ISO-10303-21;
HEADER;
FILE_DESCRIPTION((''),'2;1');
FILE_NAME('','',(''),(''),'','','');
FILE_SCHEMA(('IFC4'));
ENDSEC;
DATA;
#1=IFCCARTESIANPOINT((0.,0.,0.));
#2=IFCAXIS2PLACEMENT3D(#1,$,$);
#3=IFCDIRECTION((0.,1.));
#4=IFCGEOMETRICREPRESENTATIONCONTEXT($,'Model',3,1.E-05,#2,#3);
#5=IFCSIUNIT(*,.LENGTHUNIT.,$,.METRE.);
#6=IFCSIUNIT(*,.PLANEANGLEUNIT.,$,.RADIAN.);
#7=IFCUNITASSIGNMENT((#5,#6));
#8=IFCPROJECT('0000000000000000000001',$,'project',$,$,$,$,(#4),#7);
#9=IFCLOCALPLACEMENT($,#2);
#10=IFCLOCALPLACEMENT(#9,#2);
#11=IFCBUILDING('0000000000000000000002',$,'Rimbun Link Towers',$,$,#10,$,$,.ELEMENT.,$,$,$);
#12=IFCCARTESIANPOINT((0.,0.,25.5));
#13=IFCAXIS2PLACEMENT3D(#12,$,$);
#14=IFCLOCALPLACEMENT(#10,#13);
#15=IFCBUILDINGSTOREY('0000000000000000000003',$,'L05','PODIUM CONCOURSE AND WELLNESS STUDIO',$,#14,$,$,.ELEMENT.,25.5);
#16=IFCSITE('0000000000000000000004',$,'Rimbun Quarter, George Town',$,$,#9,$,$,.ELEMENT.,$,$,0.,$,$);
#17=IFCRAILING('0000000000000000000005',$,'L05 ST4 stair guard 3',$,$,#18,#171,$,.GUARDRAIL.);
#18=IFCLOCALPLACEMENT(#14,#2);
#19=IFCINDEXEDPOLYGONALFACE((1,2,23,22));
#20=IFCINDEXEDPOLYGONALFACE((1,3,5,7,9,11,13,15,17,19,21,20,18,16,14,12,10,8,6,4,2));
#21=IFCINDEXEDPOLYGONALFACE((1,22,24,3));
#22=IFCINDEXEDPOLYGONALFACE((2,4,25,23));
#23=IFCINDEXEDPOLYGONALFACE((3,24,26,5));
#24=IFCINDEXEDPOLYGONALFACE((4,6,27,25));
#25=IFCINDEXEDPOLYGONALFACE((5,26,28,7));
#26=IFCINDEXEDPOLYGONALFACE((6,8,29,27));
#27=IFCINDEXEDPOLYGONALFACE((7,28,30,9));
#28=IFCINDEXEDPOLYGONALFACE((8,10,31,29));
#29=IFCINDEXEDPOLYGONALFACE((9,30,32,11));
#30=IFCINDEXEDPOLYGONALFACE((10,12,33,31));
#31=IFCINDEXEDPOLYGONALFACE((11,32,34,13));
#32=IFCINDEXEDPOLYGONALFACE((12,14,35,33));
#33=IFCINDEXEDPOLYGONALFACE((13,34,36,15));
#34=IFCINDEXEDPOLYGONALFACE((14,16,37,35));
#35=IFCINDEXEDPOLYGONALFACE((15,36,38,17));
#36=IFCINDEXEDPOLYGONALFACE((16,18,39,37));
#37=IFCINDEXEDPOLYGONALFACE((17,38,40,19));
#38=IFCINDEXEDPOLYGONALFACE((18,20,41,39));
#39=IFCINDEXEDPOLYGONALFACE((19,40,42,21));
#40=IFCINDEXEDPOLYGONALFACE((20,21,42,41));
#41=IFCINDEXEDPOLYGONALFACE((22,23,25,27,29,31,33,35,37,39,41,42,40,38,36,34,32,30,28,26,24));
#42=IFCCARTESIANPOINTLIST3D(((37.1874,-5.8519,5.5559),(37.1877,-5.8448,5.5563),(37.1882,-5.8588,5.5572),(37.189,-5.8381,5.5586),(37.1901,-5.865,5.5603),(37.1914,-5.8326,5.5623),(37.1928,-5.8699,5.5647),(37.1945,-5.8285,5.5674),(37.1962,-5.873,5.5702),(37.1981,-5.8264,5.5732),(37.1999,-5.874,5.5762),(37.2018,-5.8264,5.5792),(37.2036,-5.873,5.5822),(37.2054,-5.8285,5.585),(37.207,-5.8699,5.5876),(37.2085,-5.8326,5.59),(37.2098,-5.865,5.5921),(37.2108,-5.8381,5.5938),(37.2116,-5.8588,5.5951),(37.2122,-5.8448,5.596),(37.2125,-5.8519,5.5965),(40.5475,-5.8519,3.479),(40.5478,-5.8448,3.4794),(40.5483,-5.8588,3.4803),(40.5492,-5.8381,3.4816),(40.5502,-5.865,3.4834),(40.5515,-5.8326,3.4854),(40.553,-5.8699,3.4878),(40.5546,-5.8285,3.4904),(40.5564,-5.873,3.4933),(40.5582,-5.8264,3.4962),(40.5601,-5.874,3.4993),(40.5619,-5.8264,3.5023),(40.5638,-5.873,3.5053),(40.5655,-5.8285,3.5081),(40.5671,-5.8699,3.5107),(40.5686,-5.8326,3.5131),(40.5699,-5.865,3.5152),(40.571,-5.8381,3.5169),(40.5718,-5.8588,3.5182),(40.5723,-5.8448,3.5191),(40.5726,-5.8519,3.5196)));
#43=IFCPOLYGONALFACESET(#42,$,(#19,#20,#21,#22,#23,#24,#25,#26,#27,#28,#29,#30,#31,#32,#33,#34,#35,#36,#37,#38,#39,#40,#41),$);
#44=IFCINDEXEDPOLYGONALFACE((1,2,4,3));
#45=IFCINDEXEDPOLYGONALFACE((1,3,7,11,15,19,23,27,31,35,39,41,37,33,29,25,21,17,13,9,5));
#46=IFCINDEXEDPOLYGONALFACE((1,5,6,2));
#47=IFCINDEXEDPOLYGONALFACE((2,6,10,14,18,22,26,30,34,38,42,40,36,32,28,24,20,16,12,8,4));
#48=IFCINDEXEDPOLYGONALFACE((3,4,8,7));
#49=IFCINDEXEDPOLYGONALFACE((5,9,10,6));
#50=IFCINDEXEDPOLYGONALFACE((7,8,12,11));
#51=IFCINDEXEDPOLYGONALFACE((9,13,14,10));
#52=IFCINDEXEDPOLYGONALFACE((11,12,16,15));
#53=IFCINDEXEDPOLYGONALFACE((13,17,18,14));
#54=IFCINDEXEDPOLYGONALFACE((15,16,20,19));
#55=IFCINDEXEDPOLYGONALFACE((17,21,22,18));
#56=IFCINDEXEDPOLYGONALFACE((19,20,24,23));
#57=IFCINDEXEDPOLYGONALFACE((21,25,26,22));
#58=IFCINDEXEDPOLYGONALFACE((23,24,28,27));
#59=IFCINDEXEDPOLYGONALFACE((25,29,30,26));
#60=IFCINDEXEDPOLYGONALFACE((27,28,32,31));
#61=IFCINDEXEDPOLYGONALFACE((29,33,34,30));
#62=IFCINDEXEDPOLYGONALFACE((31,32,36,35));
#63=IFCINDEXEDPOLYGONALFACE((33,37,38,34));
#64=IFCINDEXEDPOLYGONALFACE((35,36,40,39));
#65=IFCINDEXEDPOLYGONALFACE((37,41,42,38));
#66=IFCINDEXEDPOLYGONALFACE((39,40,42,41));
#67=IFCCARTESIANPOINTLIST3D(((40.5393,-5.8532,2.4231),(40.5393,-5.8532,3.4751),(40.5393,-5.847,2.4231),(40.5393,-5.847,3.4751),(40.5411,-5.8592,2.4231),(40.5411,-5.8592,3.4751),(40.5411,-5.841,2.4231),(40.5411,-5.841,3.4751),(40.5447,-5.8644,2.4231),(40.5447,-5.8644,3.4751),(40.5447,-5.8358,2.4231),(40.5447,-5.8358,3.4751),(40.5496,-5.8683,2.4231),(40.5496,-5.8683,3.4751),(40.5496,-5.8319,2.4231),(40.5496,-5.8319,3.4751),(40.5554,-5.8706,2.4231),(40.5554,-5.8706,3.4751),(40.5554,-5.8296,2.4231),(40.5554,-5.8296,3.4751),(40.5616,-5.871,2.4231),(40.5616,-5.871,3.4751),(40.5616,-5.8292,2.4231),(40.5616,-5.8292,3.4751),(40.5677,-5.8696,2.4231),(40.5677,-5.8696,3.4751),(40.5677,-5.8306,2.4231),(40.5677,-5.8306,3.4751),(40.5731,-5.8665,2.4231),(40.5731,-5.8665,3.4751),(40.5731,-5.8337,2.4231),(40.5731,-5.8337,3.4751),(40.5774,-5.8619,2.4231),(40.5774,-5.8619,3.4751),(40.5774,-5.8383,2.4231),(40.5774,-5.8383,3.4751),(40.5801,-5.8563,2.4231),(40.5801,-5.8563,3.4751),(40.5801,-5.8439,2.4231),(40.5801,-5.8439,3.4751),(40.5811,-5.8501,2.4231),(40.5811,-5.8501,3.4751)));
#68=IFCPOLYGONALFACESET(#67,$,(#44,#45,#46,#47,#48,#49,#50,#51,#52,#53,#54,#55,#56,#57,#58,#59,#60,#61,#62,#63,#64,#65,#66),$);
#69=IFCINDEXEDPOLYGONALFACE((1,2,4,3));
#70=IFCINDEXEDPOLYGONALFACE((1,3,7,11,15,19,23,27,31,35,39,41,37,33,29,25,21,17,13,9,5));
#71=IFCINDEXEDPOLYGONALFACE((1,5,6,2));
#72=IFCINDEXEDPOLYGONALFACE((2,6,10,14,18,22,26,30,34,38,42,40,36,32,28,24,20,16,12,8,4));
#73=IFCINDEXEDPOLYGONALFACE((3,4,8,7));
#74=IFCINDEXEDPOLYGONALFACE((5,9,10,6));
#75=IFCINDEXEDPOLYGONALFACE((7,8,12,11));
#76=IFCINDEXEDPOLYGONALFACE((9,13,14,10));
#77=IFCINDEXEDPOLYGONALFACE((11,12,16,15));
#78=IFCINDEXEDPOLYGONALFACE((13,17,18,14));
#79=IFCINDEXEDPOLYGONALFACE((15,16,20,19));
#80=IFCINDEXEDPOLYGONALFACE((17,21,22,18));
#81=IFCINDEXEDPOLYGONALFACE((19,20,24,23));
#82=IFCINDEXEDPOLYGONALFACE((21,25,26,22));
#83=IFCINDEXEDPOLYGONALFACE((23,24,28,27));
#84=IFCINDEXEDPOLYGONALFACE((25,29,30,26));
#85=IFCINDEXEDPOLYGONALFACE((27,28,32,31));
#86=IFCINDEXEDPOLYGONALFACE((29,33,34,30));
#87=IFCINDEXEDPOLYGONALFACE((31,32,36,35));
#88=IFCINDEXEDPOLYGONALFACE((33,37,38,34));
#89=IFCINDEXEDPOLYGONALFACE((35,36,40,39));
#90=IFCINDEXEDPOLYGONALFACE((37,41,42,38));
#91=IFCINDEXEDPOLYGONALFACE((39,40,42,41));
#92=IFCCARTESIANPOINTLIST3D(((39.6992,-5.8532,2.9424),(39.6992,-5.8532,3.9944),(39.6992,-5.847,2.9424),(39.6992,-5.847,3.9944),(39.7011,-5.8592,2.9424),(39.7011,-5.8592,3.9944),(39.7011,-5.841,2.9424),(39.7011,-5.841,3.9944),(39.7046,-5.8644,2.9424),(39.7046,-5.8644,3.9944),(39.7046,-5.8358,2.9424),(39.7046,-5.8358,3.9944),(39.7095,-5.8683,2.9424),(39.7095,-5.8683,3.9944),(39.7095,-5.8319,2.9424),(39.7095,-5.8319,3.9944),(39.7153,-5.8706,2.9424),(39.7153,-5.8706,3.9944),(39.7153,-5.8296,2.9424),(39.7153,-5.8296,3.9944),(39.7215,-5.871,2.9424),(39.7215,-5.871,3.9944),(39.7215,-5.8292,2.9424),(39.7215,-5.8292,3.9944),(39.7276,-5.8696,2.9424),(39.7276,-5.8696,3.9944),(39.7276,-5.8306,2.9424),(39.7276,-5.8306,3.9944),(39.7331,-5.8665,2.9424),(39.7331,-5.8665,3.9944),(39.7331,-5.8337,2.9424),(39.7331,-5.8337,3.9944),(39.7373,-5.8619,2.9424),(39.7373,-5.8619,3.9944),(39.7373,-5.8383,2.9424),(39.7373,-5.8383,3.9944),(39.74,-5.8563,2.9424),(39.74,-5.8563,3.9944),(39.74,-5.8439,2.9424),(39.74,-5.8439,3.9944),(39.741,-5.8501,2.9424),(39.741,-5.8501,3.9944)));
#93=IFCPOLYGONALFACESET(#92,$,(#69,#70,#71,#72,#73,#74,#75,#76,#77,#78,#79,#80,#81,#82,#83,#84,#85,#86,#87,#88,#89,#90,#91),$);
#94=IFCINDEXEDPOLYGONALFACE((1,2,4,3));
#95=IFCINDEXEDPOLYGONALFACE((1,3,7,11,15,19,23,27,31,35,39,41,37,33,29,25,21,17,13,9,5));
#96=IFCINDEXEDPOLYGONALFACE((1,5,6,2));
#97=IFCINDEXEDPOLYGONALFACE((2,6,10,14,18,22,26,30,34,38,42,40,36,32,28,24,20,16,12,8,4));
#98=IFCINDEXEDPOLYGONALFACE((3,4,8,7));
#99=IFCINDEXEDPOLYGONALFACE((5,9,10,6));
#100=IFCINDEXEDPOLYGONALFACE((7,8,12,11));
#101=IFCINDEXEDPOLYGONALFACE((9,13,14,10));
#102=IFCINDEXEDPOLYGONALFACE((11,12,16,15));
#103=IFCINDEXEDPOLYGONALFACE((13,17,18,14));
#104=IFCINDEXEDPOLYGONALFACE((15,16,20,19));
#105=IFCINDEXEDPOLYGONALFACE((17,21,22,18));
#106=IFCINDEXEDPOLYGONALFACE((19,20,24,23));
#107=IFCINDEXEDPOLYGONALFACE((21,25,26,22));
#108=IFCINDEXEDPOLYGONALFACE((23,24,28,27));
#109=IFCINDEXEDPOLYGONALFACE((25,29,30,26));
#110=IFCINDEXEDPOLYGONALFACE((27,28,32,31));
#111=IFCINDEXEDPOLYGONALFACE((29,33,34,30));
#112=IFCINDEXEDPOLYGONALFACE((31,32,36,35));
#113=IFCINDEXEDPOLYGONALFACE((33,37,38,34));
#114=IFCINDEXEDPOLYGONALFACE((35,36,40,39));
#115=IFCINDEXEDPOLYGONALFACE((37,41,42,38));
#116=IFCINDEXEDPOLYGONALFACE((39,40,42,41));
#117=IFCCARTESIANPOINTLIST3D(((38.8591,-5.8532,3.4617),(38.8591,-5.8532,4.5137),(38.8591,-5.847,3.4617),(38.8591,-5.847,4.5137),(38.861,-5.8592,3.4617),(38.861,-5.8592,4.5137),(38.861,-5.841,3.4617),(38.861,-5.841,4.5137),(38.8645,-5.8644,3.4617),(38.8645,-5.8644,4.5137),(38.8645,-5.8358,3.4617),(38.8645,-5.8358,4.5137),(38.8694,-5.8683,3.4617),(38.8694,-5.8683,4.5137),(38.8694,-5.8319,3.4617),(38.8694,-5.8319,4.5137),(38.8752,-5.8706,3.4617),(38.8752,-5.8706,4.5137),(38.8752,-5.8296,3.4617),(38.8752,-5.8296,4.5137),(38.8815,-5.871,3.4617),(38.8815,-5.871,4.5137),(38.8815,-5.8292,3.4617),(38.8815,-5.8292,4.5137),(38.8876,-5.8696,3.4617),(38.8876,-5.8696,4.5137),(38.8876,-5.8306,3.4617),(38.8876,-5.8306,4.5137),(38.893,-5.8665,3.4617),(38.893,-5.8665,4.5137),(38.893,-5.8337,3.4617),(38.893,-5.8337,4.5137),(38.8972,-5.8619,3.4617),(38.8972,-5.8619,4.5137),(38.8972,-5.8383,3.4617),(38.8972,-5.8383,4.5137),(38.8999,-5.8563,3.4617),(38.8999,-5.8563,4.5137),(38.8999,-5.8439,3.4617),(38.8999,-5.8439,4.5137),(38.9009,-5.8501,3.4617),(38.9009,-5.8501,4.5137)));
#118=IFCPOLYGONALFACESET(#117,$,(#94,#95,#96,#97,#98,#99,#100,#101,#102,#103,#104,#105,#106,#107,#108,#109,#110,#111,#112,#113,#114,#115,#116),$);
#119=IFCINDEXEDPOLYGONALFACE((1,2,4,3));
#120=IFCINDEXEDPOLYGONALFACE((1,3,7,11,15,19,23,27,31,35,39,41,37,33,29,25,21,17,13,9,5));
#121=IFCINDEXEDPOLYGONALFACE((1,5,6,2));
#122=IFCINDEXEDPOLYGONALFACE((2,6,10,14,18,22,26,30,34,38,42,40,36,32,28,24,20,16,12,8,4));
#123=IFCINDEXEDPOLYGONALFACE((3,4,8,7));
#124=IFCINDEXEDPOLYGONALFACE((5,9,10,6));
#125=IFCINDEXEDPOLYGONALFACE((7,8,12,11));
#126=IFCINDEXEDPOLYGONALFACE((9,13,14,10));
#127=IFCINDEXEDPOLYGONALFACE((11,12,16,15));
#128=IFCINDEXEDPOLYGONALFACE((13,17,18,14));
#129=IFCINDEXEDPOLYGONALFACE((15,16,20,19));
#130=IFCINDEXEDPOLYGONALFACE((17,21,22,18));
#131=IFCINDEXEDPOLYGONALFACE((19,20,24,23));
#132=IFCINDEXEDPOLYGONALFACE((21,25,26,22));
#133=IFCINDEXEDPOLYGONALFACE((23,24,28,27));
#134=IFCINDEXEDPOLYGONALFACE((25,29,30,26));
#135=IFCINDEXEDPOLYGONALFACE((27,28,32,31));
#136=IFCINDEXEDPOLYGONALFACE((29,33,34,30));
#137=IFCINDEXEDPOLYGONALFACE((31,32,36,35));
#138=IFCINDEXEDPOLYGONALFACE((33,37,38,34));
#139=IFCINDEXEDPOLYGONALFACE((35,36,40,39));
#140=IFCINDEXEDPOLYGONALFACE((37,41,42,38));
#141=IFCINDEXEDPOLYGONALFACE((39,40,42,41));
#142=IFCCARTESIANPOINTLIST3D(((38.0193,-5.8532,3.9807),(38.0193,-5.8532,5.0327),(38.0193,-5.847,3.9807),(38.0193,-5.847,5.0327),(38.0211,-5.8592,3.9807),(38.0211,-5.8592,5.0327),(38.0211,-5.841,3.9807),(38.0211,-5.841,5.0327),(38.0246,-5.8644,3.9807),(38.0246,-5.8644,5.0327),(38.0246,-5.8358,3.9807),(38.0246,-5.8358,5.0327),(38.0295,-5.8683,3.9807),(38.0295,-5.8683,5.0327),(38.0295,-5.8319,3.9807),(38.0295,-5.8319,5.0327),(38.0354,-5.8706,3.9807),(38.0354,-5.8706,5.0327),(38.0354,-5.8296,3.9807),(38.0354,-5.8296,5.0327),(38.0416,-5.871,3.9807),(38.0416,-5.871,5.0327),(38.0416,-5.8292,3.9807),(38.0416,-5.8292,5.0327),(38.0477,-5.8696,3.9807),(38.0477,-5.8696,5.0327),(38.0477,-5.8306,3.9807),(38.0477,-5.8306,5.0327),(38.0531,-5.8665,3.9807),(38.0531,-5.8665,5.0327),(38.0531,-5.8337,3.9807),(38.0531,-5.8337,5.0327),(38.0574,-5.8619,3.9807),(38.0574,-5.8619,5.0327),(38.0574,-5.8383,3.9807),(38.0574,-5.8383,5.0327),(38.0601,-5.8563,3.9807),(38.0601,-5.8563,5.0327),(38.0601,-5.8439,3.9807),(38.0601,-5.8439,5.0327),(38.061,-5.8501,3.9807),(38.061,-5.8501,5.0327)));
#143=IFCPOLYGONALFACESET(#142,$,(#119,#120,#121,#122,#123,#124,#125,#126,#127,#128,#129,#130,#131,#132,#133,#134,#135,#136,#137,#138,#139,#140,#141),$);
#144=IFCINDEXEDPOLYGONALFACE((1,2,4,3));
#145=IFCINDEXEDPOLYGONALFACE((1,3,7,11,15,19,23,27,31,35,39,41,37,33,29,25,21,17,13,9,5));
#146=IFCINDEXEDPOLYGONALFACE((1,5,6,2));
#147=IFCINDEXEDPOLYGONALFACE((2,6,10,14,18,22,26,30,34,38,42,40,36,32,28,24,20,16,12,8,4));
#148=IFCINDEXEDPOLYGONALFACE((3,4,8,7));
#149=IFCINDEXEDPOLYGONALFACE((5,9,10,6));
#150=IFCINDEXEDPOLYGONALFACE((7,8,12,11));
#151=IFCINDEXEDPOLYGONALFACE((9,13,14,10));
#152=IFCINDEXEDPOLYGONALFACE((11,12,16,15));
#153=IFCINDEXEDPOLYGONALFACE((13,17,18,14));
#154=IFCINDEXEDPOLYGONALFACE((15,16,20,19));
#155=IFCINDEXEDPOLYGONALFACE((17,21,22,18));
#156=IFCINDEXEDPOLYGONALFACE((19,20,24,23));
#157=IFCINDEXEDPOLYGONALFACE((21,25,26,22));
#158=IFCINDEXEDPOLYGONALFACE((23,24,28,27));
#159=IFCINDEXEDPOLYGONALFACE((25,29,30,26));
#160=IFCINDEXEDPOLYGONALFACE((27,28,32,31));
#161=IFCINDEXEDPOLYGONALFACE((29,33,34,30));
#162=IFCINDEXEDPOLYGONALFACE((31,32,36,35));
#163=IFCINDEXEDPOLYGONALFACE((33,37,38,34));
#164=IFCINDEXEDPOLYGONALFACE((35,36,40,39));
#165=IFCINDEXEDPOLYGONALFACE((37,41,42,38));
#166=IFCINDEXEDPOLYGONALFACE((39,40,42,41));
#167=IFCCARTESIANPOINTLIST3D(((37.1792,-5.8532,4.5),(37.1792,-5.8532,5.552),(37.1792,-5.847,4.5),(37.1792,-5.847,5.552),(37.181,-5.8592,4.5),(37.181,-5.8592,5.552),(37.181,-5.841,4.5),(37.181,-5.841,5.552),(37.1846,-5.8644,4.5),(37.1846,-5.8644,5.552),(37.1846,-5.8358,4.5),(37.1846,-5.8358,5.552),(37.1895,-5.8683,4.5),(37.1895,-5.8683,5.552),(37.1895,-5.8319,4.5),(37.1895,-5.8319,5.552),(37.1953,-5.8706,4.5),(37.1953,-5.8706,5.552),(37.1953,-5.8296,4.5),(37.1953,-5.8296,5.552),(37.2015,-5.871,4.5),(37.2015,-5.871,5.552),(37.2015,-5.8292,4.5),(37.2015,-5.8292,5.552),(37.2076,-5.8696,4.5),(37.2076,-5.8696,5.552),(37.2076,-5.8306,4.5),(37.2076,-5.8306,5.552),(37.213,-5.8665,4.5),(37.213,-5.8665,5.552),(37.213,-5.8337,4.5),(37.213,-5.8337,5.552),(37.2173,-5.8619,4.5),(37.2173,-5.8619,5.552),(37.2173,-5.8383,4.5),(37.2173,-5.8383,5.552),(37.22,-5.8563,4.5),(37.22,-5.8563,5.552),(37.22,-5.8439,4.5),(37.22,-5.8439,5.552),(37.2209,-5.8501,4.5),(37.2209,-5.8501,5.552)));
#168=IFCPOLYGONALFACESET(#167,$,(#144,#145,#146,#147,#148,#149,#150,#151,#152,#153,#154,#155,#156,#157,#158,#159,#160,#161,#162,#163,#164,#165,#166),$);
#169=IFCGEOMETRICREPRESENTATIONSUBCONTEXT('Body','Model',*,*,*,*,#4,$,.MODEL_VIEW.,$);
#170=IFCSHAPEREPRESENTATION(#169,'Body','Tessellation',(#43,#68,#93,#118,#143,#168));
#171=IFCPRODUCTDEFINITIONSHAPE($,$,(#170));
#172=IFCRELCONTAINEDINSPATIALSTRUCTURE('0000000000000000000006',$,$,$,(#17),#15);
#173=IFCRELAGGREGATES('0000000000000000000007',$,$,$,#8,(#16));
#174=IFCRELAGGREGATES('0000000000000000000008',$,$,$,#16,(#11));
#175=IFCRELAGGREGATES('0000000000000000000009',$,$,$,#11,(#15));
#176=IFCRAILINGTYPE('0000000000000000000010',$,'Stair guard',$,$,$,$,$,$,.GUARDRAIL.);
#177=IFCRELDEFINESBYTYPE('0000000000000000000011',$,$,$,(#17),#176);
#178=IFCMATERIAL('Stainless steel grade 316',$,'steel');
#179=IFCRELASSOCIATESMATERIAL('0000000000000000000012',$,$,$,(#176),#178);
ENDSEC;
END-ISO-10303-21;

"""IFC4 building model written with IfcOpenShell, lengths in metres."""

from ifc_helpers import new_model, si_unit, direction, frame, origin, origin_2d, place, context, subcontext, project, spatial, circle, extrude, material, type_object, element, save


model = new_model("IFC4")

# Units and contexts
model_context = context("Model", 3, precision=1e-05, world=origin(), true_north=direction((0.0, 1.0)))
body_context = subcontext(model_context, "Body", "Model", "MODEL_VIEW")
ifc_project = project(units=[si_unit("LENGTHUNIT", "METRE"), si_unit("PLANEANGLEUNIT", "RADIAN")], contexts=[model_context])

# Site, building, storey
site_placement = place(None, origin())
site = spatial("IfcSite", under=ifc_project, at=site_placement, Name="Rimbun Quarter, George Town", CompositionType="ELEMENT", RefElevation=0.0)
building_placement = place(site_placement, origin())
building = spatial("IfcBuilding", under=site, at=building_placement, Name="Rimbun Link Towers", CompositionType="ELEMENT")
storey_placement = place(building_placement, frame((0.0, 0.0, 25.5)))
storey = spatial("IfcBuildingStorey", under=building, at=storey_placement, Name="L05", Description="PODIUM CONCOURSE AND WELLNESS STUDIO", CompositionType="ELEMENT", Elevation=25.5)

# Railing
ifc_material_1 = material(Name="Stainless steel grade 316", Category="steel")
railing_type_1 = type_object("IfcRailingType", Name="Stair guard", PredefinedType="GUARDRAIL", material=ifc_material_1)
railing_1_placement = place(storey_placement, frame((40.5601, -5.8501, 2.4231)))
element("IfcRailing", 1, at=railing_1_placement, inside=storey, type_object=railing_type_1, Name="L05 ST4 stair guard 3", PredefinedType="GUARDRAIL", context=body_context, shape_type="SweptSolid", body=[
    extrude(circle(Radius=0.0239, at=origin_2d()), frame((0.0, 0.0, 1.0762), z_axis=(-0.850623, 0.0, 0.525776), x_axis=(0.0, -1.0, 0.0)), (0.0, 0.0, 1.0), 3.9502),
    extrude(circle(Radius=0.021, at=origin_2d()), origin(), (0.0, 0.0, 1.0), 1.052),
    extrude(circle(Radius=0.021, at=origin_2d()), frame((-0.8401, 0.0, 0.5193)), (0.0, 0.0, 1.0), 1.052),
    extrude(circle(Radius=0.021, at=origin_2d()), frame((-1.6802, 0.0, 1.0386)), (0.0, 0.0, 1.0), 1.052),
    extrude(circle(Radius=0.021, at=origin_2d()), frame((-2.52, 0.0, 1.5576)), (0.0, 0.0, 1.0), 1.052),
    extrude(circle(Radius=0.021, at=origin_2d()), frame((-3.3601, 0.0, 2.0769)), (0.0, 0.0, 1.0), 1.052),
])

save(model, "model.ifc")
